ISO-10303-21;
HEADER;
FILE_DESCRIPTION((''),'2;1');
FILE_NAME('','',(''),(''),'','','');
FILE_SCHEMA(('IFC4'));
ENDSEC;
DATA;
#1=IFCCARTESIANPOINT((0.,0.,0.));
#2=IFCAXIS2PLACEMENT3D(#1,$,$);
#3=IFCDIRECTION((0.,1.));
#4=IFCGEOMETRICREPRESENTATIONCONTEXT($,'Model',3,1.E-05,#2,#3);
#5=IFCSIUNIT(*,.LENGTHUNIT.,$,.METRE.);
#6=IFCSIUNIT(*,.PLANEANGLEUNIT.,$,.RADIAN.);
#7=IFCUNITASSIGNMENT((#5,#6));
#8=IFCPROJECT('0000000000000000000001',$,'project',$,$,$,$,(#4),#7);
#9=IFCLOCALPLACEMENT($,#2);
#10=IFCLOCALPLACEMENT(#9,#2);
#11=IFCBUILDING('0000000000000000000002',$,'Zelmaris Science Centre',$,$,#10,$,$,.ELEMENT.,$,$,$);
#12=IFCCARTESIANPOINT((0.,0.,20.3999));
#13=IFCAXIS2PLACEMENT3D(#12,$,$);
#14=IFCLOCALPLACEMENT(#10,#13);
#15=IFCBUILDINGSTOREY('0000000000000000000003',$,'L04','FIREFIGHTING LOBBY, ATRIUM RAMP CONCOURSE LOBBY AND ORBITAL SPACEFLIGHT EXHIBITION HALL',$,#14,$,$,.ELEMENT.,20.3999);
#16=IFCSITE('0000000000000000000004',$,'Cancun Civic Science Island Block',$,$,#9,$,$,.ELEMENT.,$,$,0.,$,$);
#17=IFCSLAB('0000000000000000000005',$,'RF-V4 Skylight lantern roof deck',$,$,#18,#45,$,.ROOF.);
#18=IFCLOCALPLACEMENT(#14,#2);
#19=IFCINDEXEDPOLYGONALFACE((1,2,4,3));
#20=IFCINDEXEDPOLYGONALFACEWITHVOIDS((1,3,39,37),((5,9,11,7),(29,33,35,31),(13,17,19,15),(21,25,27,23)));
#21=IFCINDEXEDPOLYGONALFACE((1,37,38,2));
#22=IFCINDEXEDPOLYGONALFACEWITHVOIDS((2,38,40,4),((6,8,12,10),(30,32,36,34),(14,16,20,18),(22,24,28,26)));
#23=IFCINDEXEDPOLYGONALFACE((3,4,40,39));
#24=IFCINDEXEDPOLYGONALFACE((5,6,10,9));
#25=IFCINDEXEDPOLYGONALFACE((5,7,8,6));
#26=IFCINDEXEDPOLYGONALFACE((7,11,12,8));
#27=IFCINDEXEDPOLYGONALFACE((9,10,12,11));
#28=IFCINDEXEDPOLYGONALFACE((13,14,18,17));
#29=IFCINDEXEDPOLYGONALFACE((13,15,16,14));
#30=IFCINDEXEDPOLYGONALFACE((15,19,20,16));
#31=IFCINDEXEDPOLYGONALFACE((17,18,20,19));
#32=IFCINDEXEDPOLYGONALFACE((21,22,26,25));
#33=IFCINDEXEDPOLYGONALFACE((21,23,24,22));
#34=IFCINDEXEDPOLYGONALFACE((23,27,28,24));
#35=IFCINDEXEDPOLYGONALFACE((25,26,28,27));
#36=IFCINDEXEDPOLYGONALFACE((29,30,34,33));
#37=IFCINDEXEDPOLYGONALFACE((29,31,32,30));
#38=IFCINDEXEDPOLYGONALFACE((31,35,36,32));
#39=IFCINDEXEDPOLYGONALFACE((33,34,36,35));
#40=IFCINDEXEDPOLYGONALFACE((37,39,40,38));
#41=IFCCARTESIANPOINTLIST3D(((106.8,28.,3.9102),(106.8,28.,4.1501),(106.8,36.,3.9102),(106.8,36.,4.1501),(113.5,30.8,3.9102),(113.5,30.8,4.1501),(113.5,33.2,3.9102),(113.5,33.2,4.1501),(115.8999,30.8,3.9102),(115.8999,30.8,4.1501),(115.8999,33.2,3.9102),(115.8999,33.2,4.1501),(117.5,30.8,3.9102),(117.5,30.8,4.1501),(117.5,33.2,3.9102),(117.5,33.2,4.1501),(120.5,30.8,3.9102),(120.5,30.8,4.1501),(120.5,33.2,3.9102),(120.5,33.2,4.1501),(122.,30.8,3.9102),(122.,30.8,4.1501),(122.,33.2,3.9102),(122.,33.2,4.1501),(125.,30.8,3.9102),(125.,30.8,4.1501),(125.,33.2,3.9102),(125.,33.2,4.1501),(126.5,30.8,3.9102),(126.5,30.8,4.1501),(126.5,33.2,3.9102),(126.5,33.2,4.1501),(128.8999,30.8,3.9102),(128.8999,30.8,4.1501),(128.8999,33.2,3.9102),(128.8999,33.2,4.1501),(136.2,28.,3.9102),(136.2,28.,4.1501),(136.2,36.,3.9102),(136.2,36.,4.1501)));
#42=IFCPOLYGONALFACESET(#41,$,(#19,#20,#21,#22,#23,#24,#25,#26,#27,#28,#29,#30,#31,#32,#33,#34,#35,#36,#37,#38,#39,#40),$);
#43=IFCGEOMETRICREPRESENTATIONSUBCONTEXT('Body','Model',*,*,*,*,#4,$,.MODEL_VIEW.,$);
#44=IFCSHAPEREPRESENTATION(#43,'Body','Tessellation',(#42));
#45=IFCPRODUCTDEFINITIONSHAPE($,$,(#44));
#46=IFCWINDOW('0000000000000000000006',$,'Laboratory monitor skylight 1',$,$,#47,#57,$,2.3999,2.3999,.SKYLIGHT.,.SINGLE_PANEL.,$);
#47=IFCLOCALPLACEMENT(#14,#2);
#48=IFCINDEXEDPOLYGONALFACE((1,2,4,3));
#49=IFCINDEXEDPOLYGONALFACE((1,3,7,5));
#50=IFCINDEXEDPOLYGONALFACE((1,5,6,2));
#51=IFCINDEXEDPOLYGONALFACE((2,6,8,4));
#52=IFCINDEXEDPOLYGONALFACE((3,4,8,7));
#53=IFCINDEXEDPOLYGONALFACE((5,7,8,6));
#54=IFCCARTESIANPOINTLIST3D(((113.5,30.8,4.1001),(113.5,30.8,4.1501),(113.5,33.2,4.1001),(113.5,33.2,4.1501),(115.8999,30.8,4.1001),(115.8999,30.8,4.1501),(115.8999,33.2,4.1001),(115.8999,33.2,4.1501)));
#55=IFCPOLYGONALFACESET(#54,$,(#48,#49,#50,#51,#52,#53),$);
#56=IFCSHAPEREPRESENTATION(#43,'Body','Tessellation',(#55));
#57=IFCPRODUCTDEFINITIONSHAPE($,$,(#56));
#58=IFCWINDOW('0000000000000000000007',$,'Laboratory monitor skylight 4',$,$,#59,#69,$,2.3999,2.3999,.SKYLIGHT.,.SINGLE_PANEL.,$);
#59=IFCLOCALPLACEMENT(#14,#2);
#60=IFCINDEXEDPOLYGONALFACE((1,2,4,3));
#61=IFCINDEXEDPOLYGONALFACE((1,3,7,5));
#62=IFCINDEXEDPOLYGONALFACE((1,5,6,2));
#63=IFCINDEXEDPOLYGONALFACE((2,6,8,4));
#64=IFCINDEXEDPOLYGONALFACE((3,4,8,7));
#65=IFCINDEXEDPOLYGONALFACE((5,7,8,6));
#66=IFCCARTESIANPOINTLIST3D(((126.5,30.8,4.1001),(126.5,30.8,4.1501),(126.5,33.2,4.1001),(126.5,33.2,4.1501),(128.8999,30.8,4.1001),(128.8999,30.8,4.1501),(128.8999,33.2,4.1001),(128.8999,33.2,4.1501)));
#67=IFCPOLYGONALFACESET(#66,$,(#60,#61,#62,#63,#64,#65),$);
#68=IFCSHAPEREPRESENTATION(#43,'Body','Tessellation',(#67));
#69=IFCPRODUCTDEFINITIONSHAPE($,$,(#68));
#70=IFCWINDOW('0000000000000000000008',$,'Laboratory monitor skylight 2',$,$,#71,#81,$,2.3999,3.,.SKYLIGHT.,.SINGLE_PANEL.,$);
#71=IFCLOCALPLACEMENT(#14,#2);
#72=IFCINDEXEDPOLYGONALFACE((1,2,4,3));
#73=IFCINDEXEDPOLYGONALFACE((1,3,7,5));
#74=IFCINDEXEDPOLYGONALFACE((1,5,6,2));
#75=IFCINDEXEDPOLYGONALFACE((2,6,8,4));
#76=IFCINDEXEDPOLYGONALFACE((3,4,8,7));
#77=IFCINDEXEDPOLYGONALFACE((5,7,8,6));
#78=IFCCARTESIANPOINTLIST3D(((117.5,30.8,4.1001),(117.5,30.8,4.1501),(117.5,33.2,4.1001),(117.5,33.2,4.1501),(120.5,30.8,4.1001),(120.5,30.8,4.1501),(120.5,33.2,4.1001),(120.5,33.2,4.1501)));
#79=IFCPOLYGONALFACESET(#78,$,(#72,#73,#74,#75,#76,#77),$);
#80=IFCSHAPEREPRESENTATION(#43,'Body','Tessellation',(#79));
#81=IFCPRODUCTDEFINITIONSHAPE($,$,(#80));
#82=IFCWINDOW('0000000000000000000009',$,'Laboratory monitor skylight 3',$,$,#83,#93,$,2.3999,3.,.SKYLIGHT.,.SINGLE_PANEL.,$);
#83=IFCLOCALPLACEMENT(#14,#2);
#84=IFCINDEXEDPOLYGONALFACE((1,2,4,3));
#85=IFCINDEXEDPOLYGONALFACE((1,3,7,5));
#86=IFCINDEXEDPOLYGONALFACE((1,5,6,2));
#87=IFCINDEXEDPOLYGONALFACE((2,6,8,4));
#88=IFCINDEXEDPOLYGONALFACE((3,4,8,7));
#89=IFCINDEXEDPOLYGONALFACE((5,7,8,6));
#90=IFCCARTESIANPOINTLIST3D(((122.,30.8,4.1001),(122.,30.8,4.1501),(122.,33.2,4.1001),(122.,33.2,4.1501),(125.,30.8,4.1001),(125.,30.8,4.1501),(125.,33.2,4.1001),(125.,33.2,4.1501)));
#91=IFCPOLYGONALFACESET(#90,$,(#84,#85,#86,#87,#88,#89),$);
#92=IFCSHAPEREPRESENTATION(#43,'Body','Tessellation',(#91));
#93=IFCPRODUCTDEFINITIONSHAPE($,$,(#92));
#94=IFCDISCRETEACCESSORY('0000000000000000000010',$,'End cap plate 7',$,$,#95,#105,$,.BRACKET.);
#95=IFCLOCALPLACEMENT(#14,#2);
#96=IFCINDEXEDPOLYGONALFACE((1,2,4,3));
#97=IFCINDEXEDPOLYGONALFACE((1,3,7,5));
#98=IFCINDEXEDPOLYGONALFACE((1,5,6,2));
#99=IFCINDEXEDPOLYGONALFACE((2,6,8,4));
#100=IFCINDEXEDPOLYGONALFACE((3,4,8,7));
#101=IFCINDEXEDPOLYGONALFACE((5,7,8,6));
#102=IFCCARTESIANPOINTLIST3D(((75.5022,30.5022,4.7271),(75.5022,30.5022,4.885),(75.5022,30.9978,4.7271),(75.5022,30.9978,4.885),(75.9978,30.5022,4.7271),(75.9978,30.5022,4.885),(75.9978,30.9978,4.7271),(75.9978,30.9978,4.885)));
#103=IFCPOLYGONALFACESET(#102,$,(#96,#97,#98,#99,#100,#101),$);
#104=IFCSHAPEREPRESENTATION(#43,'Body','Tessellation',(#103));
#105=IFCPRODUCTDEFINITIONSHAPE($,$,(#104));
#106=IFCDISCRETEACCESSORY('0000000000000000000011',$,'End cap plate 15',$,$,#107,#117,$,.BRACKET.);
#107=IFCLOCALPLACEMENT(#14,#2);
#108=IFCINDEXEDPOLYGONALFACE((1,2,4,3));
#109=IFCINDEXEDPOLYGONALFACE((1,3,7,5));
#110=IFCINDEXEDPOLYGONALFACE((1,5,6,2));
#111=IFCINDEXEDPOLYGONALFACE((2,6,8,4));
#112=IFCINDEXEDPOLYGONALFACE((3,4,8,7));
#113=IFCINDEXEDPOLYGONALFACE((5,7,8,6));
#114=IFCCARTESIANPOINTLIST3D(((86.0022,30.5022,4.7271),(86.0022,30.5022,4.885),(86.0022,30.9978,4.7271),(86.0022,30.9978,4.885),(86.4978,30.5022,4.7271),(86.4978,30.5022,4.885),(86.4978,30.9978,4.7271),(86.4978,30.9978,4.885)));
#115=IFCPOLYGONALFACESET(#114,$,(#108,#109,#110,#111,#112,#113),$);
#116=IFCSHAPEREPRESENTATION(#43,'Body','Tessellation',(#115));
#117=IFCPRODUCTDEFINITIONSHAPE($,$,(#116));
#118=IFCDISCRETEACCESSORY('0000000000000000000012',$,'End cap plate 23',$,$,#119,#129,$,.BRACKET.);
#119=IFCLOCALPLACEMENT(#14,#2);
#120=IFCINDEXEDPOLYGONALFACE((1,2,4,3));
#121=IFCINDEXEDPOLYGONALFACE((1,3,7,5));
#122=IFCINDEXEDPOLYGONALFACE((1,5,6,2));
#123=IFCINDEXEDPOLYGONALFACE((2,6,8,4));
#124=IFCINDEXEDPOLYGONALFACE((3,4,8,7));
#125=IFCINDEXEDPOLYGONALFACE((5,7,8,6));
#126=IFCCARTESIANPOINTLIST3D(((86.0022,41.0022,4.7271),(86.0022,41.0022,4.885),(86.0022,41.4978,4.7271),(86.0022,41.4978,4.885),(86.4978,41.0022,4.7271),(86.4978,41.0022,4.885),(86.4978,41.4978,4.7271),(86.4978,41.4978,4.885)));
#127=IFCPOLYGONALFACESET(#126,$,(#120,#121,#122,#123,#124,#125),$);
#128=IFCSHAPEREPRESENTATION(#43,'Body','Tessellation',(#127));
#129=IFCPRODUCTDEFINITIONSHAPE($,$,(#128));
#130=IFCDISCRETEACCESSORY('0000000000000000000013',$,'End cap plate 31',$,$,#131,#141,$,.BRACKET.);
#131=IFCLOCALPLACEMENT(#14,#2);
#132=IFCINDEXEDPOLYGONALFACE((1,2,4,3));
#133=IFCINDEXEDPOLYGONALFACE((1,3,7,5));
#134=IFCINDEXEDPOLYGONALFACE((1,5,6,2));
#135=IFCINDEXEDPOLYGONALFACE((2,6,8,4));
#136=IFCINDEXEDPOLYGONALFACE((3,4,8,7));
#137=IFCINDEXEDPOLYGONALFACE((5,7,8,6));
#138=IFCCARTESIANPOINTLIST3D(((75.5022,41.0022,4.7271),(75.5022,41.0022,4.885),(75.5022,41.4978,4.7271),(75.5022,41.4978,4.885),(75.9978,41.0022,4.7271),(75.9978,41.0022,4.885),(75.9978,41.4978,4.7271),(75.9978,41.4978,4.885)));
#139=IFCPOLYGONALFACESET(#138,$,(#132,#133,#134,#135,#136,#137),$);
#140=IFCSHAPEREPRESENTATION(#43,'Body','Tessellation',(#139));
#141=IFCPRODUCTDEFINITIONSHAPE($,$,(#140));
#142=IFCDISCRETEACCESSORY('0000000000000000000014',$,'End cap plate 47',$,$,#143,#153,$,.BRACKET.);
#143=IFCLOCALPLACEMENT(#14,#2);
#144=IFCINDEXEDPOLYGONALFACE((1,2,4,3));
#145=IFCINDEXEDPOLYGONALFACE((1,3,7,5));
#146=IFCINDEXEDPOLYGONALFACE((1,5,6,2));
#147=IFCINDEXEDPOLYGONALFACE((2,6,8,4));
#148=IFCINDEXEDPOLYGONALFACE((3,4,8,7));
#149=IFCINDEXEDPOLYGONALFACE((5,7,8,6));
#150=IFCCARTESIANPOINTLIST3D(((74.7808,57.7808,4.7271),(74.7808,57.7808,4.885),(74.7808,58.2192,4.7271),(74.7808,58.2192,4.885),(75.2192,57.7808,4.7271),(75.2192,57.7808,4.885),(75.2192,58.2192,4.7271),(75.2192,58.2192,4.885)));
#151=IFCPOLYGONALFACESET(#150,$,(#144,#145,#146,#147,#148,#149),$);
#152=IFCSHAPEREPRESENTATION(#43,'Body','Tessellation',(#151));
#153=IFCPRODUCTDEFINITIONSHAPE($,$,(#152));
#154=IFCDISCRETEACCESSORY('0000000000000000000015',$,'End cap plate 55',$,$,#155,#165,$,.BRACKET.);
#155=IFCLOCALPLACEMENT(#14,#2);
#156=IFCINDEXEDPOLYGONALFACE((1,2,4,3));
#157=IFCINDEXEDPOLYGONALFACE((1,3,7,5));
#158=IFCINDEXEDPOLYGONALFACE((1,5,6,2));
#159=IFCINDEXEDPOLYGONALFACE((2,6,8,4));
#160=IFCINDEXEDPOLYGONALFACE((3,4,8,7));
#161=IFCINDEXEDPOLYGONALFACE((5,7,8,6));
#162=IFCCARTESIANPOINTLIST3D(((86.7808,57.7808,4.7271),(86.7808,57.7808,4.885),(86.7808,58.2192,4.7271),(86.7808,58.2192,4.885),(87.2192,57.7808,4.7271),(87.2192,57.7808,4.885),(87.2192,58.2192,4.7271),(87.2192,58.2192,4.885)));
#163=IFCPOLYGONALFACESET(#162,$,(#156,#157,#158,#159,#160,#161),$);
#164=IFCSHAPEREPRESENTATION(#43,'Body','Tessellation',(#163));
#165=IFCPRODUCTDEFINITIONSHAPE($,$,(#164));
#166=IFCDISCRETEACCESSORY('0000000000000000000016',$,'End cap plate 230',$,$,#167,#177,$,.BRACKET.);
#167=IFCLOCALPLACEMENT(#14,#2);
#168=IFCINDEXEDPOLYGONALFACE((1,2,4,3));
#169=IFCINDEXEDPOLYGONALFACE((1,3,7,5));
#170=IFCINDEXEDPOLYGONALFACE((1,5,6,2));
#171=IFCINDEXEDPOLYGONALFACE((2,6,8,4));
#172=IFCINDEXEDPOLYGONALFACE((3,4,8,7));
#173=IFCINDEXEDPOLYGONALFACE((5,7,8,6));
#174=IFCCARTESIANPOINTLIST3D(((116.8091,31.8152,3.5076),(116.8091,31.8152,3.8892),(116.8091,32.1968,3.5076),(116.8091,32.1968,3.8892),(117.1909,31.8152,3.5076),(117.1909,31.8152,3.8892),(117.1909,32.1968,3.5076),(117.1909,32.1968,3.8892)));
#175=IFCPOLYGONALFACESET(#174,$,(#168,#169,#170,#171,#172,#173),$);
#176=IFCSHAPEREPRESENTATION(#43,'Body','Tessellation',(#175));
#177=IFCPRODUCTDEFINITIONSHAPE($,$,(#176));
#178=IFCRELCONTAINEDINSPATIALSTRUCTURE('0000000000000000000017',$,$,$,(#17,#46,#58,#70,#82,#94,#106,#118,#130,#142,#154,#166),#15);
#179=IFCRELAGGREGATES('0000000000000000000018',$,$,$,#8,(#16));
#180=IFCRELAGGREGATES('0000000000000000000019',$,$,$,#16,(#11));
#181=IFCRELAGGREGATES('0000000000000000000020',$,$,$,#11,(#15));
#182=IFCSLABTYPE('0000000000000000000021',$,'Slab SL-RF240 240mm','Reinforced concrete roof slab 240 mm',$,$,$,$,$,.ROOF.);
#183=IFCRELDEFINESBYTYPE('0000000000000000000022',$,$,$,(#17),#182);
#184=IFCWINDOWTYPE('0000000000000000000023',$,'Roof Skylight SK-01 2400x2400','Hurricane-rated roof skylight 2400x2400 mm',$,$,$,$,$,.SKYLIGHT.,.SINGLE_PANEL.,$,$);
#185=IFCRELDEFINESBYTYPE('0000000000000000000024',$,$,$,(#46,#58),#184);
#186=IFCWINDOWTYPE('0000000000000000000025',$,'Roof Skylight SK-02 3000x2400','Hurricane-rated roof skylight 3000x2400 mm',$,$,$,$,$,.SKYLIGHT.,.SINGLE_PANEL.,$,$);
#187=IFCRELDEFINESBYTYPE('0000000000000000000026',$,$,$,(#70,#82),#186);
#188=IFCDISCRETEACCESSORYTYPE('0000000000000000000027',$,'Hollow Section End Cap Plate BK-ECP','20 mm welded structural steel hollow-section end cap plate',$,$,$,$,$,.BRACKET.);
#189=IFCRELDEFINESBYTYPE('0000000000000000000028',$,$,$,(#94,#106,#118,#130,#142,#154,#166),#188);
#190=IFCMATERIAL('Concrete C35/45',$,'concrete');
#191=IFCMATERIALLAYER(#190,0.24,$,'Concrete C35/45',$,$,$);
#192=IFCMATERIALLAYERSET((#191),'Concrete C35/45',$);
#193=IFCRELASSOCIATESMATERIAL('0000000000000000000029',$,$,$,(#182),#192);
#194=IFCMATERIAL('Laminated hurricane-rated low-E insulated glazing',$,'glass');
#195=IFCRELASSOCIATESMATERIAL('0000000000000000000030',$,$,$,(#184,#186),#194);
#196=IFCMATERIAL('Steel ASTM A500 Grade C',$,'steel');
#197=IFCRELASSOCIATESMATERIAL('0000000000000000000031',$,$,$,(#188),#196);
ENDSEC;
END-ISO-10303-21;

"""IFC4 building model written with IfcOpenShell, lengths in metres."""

from ifc_helpers import new_model, si_unit, direction, frame, origin, origin_2d, place, context, subcontext, project, spatial, polyline, rectangle, outline, extrude, material, layer, layer_set, type_object, element, fill, save


model = new_model("IFC4")

# Units and contexts
model_context = context("Model", 3, precision=1e-05, world=origin(), true_north=direction((0.0, 1.0)))
body_context = subcontext(model_context, "Body", "Model", "MODEL_VIEW")
ifc_project = project(units=[si_unit("LENGTHUNIT", "METRE"), si_unit("PLANEANGLEUNIT", "RADIAN")], contexts=[model_context])

# Site, building, storey
site_placement = place(None, origin())
site = spatial("IfcSite", under=ifc_project, at=site_placement, Name="Cancun Civic Science Island Block", CompositionType="ELEMENT", RefElevation=0.0)
building_placement = place(site_placement, origin())
building = spatial("IfcBuilding", under=site, at=building_placement, Name="Zelmaris Science Centre", CompositionType="ELEMENT")
storey_placement = place(building_placement, frame((0.0, 0.0, 20.3999)))
storey = spatial("IfcBuildingStorey", under=building, at=storey_placement, Name="L04", Description="FIREFIGHTING LOBBY, ATRIUM RAMP CONCOURSE LOBBY AND ORBITAL SPACEFLIGHT EXHIBITION HALL", CompositionType="ELEMENT", Elevation=20.3999)

# Slab, openings, windows
ifc_material_1 = material(Name="Concrete C35/45", Category="concrete")
ifc_layer = layer(ifc_material_1, 0.24, Name="Concrete C35/45")
ifc_layer_set = layer_set([ifc_layer], Name="Concrete C35/45")
slab_type = type_object("IfcSlabType", Name="Slab SL-RF240 240mm", Description="Reinforced concrete roof slab 240 mm", PredefinedType="ROOF", material=ifc_layer_set)
slab_placement = place(storey_placement, frame((0.0, 0.0, 3.9102)))
slab = element("IfcSlab", 1, at=slab_placement, inside=storey, type_object=slab_type, Name="RF-V4 Skylight lantern roof deck", PredefinedType="ROOF", context=body_context, shape_type="SweptSolid", body=[
    extrude(outline(polyline([(106.8, 28.0), (136.2, 28.0), (136.2, 36.0), (106.8, 36.0), (106.8, 28.0)])), origin(), (0.0, 0.0, 1.0), 0.24),
])
opening_1_placement = place(slab_placement, frame((114.7, 32.0, 0.0)))
opening_1 = element("IfcOpeningElement", 2, at=opening_1_placement, cuts=slab, PredefinedType="OPENING", context=body_context, shape_type="SweptSolid", body=[
    extrude(rectangle(XDim=2.3999, YDim=2.3999, at=origin_2d()), frame((0.0, 0.0, -0.01)), (0.0, 0.0, 1.0), 0.26),
])
opening_2_placement = place(slab_placement, frame((119.0, 32.0, 0.0)))
opening_2 = element("IfcOpeningElement", 3, at=opening_2_placement, cuts=slab, PredefinedType="OPENING", context=body_context, shape_type="SweptSolid", body=[
    extrude(rectangle(XDim=3.0, YDim=2.3999, at=origin_2d()), frame((0.0, 0.0, -0.01)), (0.0, 0.0, 1.0), 0.26),
])
opening_3_placement = place(slab_placement, frame((123.5, 32.0, 0.0)))
opening_3 = element("IfcOpeningElement", 4, at=opening_3_placement, cuts=slab, PredefinedType="OPENING", context=body_context, shape_type="SweptSolid", body=[
    extrude(rectangle(XDim=3.0, YDim=2.3999, at=origin_2d()), frame((0.0, 0.0, -0.01)), (0.0, 0.0, 1.0), 0.26),
])
opening_4_placement = place(slab_placement, frame((127.7, 32.0, 0.0)))
opening_4 = element("IfcOpeningElement", 5, at=opening_4_placement, cuts=slab, PredefinedType="OPENING", context=body_context, shape_type="SweptSolid", body=[
    extrude(rectangle(XDim=2.3999, YDim=2.3999, at=origin_2d()), frame((0.0, 0.0, -0.01)), (0.0, 0.0, 1.0), 0.26),
])
ifc_material_2 = material(Name="Laminated hurricane-rated low-E insulated glazing", Category="glass")
window_type_1 = type_object("IfcWindowType", Name="Roof Skylight SK-01 2400x2400", Description="Hurricane-rated roof skylight 2400x2400 mm", PartitioningType="SINGLE_PANEL", PredefinedType="SKYLIGHT", material=ifc_material_2)
window_1_placement = place(opening_1_placement, frame((0.0, 0.0, 0.1899)))
window_1 = element("IfcWindow", 6, at=window_1_placement, inside=storey, type_object=window_type_1, Name="Laboratory monitor skylight 1", OverallHeight=2.3999, OverallWidth=2.3999, PartitioningType="SINGLE_PANEL", PredefinedType="SKYLIGHT", context=body_context, shape_type="SweptSolid", body=[
    extrude(rectangle(XDim=2.3999, YDim=2.3999, at=origin_2d()), origin(), (0.0, 0.0, 1.0), 0.05),
])
fill(opening_1, window_1)
window_2_placement = place(opening_4_placement, frame((0.0, 0.0, 0.1899)))
window_2 = element("IfcWindow", 7, at=window_2_placement, inside=storey, type_object=window_type_1, Name="Laboratory monitor skylight 4", OverallHeight=2.3999, OverallWidth=2.3999, PartitioningType="SINGLE_PANEL", PredefinedType="SKYLIGHT", context=body_context, shape_type="SweptSolid", body=[
    extrude(rectangle(XDim=2.3999, YDim=2.3999, at=origin_2d()), origin(), (0.0, 0.0, 1.0), 0.05),
])
fill(opening_4, window_2)
window_type_2 = type_object("IfcWindowType", Name="Roof Skylight SK-02 3000x2400", Description="Hurricane-rated roof skylight 3000x2400 mm", PartitioningType="SINGLE_PANEL", PredefinedType="SKYLIGHT", material=ifc_material_2)
window_3_placement = place(opening_2_placement, frame((0.0, 0.0, 0.1899)))
window_3 = element("IfcWindow", 8, at=window_3_placement, inside=storey, type_object=window_type_2, Name="Laboratory monitor skylight 2", OverallHeight=2.3999, OverallWidth=3.0, PartitioningType="SINGLE_PANEL", PredefinedType="SKYLIGHT", context=body_context, shape_type="SweptSolid", body=[
    extrude(rectangle(XDim=3.0, YDim=2.3999, at=origin_2d()), origin(), (0.0, 0.0, 1.0), 0.05),
])
fill(opening_2, window_3)
window_4_placement = place(opening_3_placement, frame((0.0, 0.0, 0.1899)))
window_4 = element("IfcWindow", 9, at=window_4_placement, inside=storey, type_object=window_type_2, Name="Laboratory monitor skylight 3", OverallHeight=2.3999, OverallWidth=3.0, PartitioningType="SINGLE_PANEL", PredefinedType="SKYLIGHT", context=body_context, shape_type="SweptSolid", body=[
    extrude(rectangle(XDim=3.0, YDim=2.3999, at=origin_2d()), origin(), (0.0, 0.0, 1.0), 0.05),
])
fill(opening_3, window_4)

# Discrete accessories
ifc_material_3 = material(Name="Steel ASTM A500 Grade C", Category="steel")
discrete_accessory_type = type_object("IfcDiscreteAccessoryType", Name="Hollow Section End Cap Plate BK-ECP", Description="20 mm welded structural steel hollow-section end cap plate", PredefinedType="BRACKET", material=ifc_material_3)
discrete_accessory_1_placement = place(storey_placement, frame((0.0, 0.0, 4.7271)))
element("IfcDiscreteAccessory", 10, at=discrete_accessory_1_placement, inside=storey, type_object=discrete_accessory_type, Name="End cap plate 7", PredefinedType="BRACKET", context=body_context, shape_type="SweptSolid", body=[
    extrude(outline(polyline([(75.5022, 30.5022), (75.9978, 30.5022), (75.9978, 30.9978), (75.5022, 30.9978), (75.5022, 30.5022)])), origin(), (0.0, 0.0, 1.0), 0.158),
])
discrete_accessory_2_placement = place(storey_placement, frame((0.0, 0.0, 4.7271)))
element("IfcDiscreteAccessory", 11, at=discrete_accessory_2_placement, inside=storey, type_object=discrete_accessory_type, Name="End cap plate 15", PredefinedType="BRACKET", context=body_context, shape_type="SweptSolid", body=[
    extrude(outline(polyline([(86.0022, 30.5022), (86.4978, 30.5022), (86.4978, 30.9978), (86.0022, 30.9978), (86.0022, 30.5022)])), origin(), (0.0, 0.0, 1.0), 0.158),
])
discrete_accessory_3_placement = place(storey_placement, frame((0.0, 0.0, 4.7271)))
element("IfcDiscreteAccessory", 12, at=discrete_accessory_3_placement, inside=storey, type_object=discrete_accessory_type, Name="End cap plate 23", PredefinedType="BRACKET", context=body_context, shape_type="SweptSolid", body=[
    extrude(outline(polyline([(86.0022, 41.0022), (86.4978, 41.0022), (86.4978, 41.4978), (86.0022, 41.4978), (86.0022, 41.0022)])), origin(), (0.0, 0.0, 1.0), 0.158),
])
discrete_accessory_4_placement = place(storey_placement, frame((0.0, 0.0, 4.7271)))
element("IfcDiscreteAccessory", 13, at=discrete_accessory_4_placement, inside=storey, type_object=discrete_accessory_type, Name="End cap plate 31", PredefinedType="BRACKET", context=body_context, shape_type="SweptSolid", body=[
    extrude(outline(polyline([(75.5022, 41.0022), (75.9978, 41.0022), (75.9978, 41.4978), (75.5022, 41.4978), (75.5022, 41.0022)])), origin(), (0.0, 0.0, 1.0), 0.158),
])
discrete_accessory_5_placement = place(storey_placement, frame((0.0, 0.0, 4.7271)))
element("IfcDiscreteAccessory", 14, at=discrete_accessory_5_placement, inside=storey, type_object=discrete_accessory_type, Name="End cap plate 47", PredefinedType="BRACKET", context=body_context, shape_type="SweptSolid", body=[
    extrude(outline(polyline([(74.7808, 57.7808), (75.2192, 57.7808), (75.2192, 58.2192), (74.7808, 58.2192), (74.7808, 57.7808)])), origin(), (0.0, 0.0, 1.0), 0.158),
])
discrete_accessory_6_placement = place(storey_placement, frame((0.0, 0.0, 4.7271)))
element("IfcDiscreteAccessory", 15, at=discrete_accessory_6_placement, inside=storey, type_object=discrete_accessory_type, Name="End cap plate 55", PredefinedType="BRACKET", context=body_context, shape_type="SweptSolid", body=[
    extrude(outline(polyline([(86.7808, 57.7808), (87.2192, 57.7808), (87.2192, 58.2192), (86.7808, 58.2192), (86.7808, 57.7808)])), origin(), (0.0, 0.0, 1.0), 0.158),
])
discrete_accessory_7_placement = place(storey_placement, frame((0.0, 0.0, 3.5076)))
element("IfcDiscreteAccessory", 16, at=discrete_accessory_7_placement, inside=storey, type_object=discrete_accessory_type, Name="End cap plate 230", PredefinedType="BRACKET", context=body_context, shape_type="SweptSolid", body=[
    extrude(outline(polyline([(116.8091, 31.8152), (117.1909, 31.8152), (117.1909, 32.1968), (116.8091, 32.1968), (116.8091, 31.8152)])), origin(), (0.0, 0.0, 1.0), 0.3816),
])

save(model, "model.ifc")
